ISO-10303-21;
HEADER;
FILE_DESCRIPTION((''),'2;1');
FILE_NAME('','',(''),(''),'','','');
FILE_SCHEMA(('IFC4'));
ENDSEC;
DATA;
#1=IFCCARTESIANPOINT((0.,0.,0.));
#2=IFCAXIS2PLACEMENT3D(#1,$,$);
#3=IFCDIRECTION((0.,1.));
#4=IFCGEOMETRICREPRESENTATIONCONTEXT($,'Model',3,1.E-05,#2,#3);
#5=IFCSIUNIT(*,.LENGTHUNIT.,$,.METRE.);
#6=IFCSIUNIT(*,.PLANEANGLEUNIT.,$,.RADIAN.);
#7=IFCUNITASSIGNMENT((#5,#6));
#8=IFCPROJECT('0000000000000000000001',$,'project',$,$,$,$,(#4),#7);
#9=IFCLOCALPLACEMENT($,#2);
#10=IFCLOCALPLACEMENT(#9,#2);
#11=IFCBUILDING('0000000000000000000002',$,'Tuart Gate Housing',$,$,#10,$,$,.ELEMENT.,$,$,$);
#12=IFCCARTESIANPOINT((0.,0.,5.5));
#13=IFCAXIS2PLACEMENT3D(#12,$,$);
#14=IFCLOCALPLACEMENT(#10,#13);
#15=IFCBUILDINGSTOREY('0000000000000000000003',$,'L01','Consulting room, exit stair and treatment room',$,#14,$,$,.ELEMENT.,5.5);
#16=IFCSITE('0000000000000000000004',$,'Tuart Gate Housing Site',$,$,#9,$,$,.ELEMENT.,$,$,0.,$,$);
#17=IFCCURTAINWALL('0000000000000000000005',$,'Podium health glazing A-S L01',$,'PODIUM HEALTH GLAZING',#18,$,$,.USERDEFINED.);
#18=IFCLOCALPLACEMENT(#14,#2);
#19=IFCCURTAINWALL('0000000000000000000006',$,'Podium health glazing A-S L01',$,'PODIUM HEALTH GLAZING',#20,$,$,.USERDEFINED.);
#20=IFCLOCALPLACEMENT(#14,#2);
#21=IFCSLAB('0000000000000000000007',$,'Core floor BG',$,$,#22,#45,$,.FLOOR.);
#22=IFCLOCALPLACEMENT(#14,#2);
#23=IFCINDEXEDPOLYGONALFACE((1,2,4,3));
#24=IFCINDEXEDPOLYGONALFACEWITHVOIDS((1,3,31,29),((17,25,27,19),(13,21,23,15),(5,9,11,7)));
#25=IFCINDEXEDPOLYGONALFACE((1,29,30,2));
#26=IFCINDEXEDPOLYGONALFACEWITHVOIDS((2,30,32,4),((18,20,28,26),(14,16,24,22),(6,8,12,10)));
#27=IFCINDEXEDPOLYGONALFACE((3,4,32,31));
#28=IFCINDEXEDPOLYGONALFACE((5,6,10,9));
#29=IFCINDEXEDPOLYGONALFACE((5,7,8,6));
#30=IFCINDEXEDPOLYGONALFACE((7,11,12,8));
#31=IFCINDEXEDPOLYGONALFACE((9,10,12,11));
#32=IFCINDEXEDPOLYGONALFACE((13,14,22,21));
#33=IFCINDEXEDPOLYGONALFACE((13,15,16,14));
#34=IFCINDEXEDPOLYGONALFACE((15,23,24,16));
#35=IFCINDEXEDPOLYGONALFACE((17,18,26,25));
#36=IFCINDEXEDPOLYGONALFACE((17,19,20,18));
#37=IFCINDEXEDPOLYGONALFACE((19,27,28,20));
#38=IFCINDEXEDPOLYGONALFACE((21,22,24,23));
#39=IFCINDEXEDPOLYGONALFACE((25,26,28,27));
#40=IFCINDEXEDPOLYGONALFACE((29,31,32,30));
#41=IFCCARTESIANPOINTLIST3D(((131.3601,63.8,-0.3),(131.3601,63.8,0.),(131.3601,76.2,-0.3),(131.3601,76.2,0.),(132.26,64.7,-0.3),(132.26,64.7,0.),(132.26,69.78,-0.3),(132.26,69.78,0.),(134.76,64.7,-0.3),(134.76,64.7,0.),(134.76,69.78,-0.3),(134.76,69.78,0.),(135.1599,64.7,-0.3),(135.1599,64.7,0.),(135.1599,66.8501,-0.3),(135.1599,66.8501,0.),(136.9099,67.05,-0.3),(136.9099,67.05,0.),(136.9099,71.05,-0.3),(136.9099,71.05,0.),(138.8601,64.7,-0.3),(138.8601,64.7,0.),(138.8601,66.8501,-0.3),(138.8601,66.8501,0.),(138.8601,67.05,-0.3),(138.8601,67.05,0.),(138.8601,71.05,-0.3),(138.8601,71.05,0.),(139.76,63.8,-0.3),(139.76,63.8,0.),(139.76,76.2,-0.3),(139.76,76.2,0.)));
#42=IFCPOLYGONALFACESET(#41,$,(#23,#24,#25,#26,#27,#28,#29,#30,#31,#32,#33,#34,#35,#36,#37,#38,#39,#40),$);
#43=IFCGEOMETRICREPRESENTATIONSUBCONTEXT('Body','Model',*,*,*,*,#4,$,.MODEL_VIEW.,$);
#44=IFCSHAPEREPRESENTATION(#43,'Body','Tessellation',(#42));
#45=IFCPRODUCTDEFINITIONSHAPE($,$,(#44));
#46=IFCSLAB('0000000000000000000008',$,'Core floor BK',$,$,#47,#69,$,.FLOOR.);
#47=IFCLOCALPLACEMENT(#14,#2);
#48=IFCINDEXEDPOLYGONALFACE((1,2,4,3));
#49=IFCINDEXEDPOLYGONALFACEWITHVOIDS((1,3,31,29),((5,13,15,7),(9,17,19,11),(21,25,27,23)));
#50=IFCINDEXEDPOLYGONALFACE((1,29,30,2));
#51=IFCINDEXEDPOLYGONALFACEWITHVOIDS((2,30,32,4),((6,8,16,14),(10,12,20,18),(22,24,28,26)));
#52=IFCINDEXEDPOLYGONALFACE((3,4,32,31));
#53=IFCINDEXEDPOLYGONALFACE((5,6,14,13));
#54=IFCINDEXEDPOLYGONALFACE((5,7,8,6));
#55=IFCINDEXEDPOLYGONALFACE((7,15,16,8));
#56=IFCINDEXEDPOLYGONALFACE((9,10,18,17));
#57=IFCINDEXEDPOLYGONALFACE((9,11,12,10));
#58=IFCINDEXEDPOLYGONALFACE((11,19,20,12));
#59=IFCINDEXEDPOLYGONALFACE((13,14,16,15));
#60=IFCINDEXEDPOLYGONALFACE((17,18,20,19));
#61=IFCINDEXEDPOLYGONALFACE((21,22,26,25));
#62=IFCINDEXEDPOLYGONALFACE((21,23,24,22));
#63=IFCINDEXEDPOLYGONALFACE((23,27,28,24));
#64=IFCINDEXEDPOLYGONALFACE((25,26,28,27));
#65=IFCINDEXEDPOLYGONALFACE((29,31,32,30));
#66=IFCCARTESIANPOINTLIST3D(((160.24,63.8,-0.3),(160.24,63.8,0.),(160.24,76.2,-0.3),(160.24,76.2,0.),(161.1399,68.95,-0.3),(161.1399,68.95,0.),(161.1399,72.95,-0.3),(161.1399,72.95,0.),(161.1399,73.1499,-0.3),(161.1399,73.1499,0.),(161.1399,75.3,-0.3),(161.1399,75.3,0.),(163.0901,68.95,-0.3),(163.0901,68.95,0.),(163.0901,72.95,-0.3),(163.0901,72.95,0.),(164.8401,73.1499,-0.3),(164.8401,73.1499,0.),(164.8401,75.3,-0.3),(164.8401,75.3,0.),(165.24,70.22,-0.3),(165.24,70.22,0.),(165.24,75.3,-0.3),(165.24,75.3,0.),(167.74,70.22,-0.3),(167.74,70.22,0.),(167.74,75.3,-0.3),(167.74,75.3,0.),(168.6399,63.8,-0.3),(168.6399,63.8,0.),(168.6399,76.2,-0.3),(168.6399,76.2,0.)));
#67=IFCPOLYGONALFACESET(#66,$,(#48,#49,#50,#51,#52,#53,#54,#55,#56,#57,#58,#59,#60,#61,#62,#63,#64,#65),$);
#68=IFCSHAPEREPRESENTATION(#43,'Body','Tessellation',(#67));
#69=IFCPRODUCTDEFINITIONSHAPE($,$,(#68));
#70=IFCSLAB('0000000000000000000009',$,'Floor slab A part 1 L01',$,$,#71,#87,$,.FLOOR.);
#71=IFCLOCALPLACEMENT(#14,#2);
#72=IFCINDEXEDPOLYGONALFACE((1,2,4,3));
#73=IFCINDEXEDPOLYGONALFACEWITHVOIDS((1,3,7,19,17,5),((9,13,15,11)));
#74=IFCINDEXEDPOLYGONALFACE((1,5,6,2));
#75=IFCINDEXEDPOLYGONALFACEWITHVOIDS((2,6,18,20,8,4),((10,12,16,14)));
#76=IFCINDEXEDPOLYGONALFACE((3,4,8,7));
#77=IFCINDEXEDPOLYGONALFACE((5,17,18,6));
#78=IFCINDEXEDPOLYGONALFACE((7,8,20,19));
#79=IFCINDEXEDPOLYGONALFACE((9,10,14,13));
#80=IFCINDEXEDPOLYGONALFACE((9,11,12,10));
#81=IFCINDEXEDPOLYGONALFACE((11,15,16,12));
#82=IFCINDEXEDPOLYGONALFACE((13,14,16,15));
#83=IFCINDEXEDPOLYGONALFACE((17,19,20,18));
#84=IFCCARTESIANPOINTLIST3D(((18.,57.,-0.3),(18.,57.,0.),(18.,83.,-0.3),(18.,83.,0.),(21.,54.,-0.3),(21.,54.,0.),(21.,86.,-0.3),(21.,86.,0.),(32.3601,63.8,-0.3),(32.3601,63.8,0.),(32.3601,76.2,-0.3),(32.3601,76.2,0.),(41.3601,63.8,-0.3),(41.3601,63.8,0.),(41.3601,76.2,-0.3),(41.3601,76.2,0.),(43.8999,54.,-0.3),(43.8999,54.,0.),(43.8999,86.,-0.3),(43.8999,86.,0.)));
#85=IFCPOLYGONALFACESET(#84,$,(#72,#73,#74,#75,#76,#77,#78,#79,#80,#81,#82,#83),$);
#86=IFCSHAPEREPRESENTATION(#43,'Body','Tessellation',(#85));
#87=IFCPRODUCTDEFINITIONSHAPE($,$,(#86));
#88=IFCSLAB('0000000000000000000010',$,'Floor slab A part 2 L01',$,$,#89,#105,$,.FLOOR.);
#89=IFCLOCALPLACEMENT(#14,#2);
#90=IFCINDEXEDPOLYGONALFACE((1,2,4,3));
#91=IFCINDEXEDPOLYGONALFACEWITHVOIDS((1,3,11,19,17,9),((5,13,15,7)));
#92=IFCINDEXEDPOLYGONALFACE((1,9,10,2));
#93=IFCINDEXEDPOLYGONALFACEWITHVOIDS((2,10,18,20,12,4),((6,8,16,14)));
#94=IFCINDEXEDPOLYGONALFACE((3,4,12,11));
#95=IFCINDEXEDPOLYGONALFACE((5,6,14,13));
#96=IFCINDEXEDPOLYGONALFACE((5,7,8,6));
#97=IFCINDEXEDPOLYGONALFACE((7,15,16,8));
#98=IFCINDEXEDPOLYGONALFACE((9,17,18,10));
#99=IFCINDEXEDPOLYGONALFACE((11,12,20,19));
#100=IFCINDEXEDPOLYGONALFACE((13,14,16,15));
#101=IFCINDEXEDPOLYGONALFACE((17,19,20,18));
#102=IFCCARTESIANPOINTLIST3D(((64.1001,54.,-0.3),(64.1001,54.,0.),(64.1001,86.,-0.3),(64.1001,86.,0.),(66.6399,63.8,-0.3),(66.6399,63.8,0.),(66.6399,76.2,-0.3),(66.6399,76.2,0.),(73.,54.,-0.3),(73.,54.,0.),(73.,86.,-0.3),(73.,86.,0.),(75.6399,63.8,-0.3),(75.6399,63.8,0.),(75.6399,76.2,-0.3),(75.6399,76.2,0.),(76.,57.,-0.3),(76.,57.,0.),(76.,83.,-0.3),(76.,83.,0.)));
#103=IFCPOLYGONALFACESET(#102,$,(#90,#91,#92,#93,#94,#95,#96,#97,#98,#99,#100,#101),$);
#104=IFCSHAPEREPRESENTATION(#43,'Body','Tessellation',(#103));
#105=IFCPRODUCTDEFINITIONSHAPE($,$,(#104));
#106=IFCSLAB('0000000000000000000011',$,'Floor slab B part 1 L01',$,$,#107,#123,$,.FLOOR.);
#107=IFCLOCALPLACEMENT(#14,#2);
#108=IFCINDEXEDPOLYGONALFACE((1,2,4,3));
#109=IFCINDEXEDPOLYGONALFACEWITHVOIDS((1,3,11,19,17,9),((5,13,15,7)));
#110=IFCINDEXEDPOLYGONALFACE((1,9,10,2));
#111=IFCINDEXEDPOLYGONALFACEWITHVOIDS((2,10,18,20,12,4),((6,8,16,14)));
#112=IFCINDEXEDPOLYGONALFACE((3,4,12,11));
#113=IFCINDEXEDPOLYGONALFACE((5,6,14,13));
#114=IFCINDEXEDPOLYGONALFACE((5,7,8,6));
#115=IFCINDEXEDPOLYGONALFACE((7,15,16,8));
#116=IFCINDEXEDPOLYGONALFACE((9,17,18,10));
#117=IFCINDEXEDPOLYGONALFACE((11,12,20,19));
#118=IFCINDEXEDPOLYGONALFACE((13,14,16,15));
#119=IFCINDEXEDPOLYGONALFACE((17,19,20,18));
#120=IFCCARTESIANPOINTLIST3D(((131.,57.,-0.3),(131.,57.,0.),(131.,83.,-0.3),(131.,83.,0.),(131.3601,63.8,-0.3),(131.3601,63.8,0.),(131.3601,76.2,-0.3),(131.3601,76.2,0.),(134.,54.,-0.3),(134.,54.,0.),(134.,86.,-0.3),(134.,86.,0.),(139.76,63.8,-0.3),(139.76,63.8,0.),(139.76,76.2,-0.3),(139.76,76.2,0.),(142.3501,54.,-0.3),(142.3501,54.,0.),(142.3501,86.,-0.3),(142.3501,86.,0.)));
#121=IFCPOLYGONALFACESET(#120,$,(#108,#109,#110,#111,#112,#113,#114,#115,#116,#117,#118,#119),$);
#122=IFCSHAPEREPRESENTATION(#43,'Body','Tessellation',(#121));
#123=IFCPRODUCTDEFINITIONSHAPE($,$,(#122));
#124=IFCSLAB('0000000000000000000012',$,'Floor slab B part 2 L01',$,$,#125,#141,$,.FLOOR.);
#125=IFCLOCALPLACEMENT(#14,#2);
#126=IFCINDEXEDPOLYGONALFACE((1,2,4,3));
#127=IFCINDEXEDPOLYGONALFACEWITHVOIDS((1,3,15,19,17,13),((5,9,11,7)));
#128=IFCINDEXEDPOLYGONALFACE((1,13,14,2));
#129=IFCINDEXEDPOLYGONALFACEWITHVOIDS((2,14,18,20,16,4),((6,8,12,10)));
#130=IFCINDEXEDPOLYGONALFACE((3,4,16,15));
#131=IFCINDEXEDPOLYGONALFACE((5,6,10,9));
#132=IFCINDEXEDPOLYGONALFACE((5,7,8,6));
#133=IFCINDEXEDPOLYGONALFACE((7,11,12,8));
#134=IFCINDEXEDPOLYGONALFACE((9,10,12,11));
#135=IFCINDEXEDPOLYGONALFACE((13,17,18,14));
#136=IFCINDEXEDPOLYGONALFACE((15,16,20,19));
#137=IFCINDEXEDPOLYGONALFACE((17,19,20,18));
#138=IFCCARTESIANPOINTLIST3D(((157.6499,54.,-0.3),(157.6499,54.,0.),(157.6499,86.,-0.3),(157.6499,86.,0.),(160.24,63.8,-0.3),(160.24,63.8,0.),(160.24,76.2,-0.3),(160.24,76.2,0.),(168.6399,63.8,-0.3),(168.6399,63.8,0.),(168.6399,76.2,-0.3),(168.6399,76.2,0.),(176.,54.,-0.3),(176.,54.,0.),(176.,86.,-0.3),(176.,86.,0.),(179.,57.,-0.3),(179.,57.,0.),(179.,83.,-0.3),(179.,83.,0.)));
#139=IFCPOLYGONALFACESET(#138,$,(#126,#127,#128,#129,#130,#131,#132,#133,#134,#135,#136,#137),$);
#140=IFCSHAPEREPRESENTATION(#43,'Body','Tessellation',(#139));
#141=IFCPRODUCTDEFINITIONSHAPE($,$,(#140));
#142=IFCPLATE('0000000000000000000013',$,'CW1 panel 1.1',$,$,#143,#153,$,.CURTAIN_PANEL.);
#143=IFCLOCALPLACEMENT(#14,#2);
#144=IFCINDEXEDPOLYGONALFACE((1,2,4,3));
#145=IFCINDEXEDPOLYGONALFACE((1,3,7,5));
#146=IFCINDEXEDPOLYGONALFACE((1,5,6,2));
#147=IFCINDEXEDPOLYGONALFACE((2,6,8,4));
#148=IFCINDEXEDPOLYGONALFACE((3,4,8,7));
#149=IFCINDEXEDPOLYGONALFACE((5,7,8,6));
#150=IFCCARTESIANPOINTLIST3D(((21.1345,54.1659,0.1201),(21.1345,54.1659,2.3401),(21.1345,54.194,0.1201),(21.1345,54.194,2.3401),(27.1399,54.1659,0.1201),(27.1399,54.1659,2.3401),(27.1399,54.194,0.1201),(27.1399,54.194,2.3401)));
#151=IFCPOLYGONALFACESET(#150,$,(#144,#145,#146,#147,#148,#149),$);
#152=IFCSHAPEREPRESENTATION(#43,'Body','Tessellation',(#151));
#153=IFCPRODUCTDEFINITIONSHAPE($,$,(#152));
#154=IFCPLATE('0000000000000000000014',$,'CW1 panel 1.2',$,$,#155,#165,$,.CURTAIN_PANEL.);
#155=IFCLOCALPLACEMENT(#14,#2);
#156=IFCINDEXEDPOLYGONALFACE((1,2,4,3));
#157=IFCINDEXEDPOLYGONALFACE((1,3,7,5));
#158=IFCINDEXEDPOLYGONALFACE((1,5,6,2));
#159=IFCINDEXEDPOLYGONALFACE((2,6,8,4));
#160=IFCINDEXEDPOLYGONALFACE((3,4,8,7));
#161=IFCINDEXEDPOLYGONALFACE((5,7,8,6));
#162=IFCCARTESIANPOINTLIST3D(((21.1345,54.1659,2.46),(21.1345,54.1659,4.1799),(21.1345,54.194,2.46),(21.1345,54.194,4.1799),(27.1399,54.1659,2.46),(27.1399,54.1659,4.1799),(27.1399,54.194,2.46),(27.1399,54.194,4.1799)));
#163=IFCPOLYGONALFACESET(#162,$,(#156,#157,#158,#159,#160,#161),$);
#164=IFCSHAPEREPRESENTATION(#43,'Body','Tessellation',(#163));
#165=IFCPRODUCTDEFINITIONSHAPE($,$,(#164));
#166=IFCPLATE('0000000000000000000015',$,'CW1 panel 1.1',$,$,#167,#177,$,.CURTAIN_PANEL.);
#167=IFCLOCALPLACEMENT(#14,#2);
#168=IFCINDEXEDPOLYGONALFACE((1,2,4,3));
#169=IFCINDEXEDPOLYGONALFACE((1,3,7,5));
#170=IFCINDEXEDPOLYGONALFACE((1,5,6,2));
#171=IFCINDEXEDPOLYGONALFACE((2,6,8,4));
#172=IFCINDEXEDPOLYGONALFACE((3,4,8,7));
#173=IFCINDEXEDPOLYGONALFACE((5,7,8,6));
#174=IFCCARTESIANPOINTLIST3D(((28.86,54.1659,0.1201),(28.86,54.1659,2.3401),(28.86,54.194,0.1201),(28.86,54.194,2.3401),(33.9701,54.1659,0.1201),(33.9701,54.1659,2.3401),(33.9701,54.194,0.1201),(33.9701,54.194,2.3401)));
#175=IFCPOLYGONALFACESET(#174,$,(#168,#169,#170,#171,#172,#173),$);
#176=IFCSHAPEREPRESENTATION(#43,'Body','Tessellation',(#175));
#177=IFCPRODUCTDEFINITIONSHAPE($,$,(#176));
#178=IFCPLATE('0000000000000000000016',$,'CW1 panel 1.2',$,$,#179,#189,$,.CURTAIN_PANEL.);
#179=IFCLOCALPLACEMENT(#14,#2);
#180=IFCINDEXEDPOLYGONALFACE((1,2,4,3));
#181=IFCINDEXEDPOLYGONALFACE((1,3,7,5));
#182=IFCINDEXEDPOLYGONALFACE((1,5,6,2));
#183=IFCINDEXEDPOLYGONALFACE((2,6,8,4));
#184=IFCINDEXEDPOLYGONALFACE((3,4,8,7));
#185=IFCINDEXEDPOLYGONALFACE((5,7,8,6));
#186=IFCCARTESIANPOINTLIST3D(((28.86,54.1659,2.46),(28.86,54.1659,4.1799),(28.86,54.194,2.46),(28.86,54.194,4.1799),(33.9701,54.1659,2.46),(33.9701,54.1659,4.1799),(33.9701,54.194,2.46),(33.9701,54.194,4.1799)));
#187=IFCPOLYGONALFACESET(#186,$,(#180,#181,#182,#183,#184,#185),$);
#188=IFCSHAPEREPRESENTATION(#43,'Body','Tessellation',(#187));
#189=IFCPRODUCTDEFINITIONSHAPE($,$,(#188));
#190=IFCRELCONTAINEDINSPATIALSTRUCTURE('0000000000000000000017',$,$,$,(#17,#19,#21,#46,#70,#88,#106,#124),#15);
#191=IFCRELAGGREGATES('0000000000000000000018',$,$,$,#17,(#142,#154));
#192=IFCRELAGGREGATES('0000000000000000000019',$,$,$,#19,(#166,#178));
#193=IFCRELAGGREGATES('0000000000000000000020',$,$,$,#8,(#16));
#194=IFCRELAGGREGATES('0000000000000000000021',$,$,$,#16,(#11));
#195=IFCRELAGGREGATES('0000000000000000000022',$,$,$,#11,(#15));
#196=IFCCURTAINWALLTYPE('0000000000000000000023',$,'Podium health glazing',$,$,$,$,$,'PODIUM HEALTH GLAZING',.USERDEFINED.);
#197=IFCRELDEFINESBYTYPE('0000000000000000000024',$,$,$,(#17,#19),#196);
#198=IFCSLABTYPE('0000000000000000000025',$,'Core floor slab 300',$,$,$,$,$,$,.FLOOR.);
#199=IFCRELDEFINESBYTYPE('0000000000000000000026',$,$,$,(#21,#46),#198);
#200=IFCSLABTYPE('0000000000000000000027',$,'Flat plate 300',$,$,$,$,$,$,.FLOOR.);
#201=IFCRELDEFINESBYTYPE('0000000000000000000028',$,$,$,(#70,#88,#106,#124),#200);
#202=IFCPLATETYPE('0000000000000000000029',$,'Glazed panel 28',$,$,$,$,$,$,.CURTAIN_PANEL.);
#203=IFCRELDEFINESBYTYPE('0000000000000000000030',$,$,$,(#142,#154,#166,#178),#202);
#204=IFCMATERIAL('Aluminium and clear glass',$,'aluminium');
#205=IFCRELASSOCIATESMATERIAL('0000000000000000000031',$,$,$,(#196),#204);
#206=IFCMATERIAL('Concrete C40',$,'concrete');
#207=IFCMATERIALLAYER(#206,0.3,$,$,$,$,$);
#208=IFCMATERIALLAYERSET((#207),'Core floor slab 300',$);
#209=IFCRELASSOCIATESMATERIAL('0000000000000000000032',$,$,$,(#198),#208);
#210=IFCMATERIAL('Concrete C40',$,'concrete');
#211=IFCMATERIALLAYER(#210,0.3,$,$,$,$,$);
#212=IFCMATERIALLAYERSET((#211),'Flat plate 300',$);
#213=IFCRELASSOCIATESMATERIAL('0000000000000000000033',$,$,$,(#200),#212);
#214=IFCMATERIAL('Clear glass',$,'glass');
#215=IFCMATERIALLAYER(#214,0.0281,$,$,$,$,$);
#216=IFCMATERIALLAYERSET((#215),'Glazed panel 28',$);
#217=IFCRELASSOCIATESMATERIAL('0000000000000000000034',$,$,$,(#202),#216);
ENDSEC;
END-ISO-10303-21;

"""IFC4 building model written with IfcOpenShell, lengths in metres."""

from ifc_helpers import new_model, si_unit, direction, frame, origin, origin_2d, place, context, subcontext, project, spatial, polyline, rectangle, outline, extrude, material, layer, layer_set, type_object, element, aggregate, save


model = new_model("IFC4")

# Units and contexts
model_context = context("Model", 3, precision=1e-05, world=origin(), true_north=direction((0.0, 1.0)))
body_context = subcontext(model_context, "Body", "Model", "MODEL_VIEW")
ifc_project = project(units=[si_unit("LENGTHUNIT", "METRE"), si_unit("PLANEANGLEUNIT", "RADIAN")], contexts=[model_context])

# Site, building, storey
site_placement = place(None, origin())
site = spatial("IfcSite", under=ifc_project, at=site_placement, Name="Tuart Gate Housing Site", CompositionType="ELEMENT", RefElevation=0.0)
building_placement = place(site_placement, origin())
building = spatial("IfcBuilding", under=site, at=building_placement, Name="Tuart Gate Housing", CompositionType="ELEMENT")
storey_placement = place(building_placement, frame((0.0, 0.0, 5.5)))
storey = spatial("IfcBuildingStorey", under=building, at=storey_placement, Name="L01", Description="Consulting room, exit stair and treatment room", CompositionType="ELEMENT", Elevation=5.5)

# Curtain walls
ifc_material_1 = material(Name="Aluminium and clear glass", Category="aluminium")
curtain_wall_type = type_object("IfcCurtainWallType", Name="Podium health glazing", ElementType="PODIUM HEALTH GLAZING", PredefinedType="USERDEFINED", material=ifc_material_1)
curtain_wall_1_placement = place(storey_placement, origin())
curtain_wall_1 = element("IfcCurtainWall", 1, at=curtain_wall_1_placement, inside=storey, type_object=curtain_wall_type, Name="Podium health glazing A-S L01", ObjectType="PODIUM HEALTH GLAZING", PredefinedType="USERDEFINED")
curtain_wall_2_placement = place(storey_placement, origin())
curtain_wall_2 = element("IfcCurtainWall", 2, at=curtain_wall_2_placement, inside=storey, type_object=curtain_wall_type, Name="Podium health glazing A-S L01", ObjectType="PODIUM HEALTH GLAZING", PredefinedType="USERDEFINED")

# Slabs
ifc_material_2 = material(Name="Concrete C40", Category="concrete")
ifc_layer_1 = layer(ifc_material_2, 0.3)
ifc_layer_set_1 = layer_set([ifc_layer_1], Name="Core floor slab 300")
slab_type_1 = type_object("IfcSlabType", Name="Core floor slab 300", PredefinedType="FLOOR", material=ifc_layer_set_1)
slab_1_placement = place(storey_placement, frame((0.0, 0.0, -0.3)))
element("IfcSlab", 3, at=slab_1_placement, inside=storey, type_object=slab_type_1, Name="Core floor BG", PredefinedType="FLOOR", context=body_context, shape_type="SweptSolid", body=[
    extrude(outline(polyline([(131.3601, 63.8), (139.76, 63.8), (139.76, 76.2), (131.3601, 76.2), (131.3601, 63.8)]), holes=[polyline([(138.8601, 66.8501), (135.1599, 66.8501), (135.1599, 64.7), (138.8601, 64.7), (138.8601, 66.8501)]), polyline([(138.8601, 71.05), (136.9099, 71.05), (136.9099, 67.05), (138.8601, 67.05), (138.8601, 71.05)]), polyline([(134.76, 69.78), (132.26, 69.78), (132.26, 64.7), (134.76, 64.7), (134.76, 69.78)])]), origin(), (0.0, 0.0, 1.0), 0.3),
])
slab_2_placement = place(storey_placement, frame((0.0, 0.0, -0.3)))
element("IfcSlab", 4, at=slab_2_placement, inside=storey, type_object=slab_type_1, Name="Core floor BK", PredefinedType="FLOOR", context=body_context, shape_type="SweptSolid", body=[
    extrude(outline(polyline([(160.24, 63.8), (168.6399, 63.8), (168.6399, 76.2), (160.24, 76.2), (160.24, 63.8)]), holes=[polyline([(161.1399, 73.1499), (164.8401, 73.1499), (164.8401, 75.3), (161.1399, 75.3), (161.1399, 73.1499)]), polyline([(161.1399, 68.95), (163.0901, 68.95), (163.0901, 72.95), (161.1399, 72.95), (161.1399, 68.95)]), polyline([(165.24, 70.22), (167.74, 70.22), (167.74, 75.3), (165.24, 75.3), (165.24, 70.22)])]), origin(), (0.0, 0.0, 1.0), 0.3),
])
ifc_material_3 = material(Name="Concrete C40", Category="concrete")
ifc_layer_2 = layer(ifc_material_3, 0.3)
ifc_layer_set_2 = layer_set([ifc_layer_2], Name="Flat plate 300")
slab_type_2 = type_object("IfcSlabType", Name="Flat plate 300", PredefinedType="FLOOR", material=ifc_layer_set_2)
slab_3_placement = place(storey_placement, frame((0.0, 0.0, -0.3)))
element("IfcSlab", 5, at=slab_3_placement, inside=storey, type_object=slab_type_2, Name="Floor slab A part 1 L01", PredefinedType="FLOOR", context=body_context, shape_type="SweptSolid", body=[
    extrude(outline(polyline([(43.8999, 86.0), (21.0, 86.0), (18.0, 83.0), (18.0, 57.0), (21.0, 54.0), (43.8999, 54.0), (43.8999, 86.0)]), holes=[polyline([(32.3601, 76.2), (41.3601, 76.2), (41.3601, 63.8), (32.3601, 63.8), (32.3601, 76.2)])]), origin(), (0.0, 0.0, 1.0), 0.3),
])
slab_4_placement = place(storey_placement, frame((0.0, 0.0, -0.3)))
element("IfcSlab", 6, at=slab_4_placement, inside=storey, type_object=slab_type_2, Name="Floor slab A part 2 L01", PredefinedType="FLOOR", context=body_context, shape_type="SweptSolid", body=[
    extrude(outline(polyline([(73.0, 86.0), (64.1001, 86.0), (64.1001, 54.0), (73.0, 54.0), (76.0, 57.0), (76.0, 83.0), (73.0, 86.0)]), holes=[polyline([(66.6399, 63.8), (66.6399, 76.2), (75.6399, 76.2), (75.6399, 63.8), (66.6399, 63.8)])]), origin(), (0.0, 0.0, 1.0), 0.3),
])
slab_5_placement = place(storey_placement, frame((0.0, 0.0, -0.3)))
element("IfcSlab", 7, at=slab_5_placement, inside=storey, type_object=slab_type_2, Name="Floor slab B part 1 L01", PredefinedType="FLOOR", context=body_context, shape_type="SweptSolid", body=[
    extrude(outline(polyline([(142.3501, 86.0), (134.0, 86.0), (131.0, 83.0), (131.0, 57.0), (134.0, 54.0), (142.3501, 54.0), (142.3501, 86.0)]), holes=[polyline([(131.3601, 63.8), (131.3601, 76.2), (139.76, 76.2), (139.76, 63.8), (131.3601, 63.8)])]), origin(), (0.0, 0.0, 1.0), 0.3),
])
slab_6_placement = place(storey_placement, frame((0.0, 0.0, -0.3)))
element("IfcSlab", 8, at=slab_6_placement, inside=storey, type_object=slab_type_2, Name="Floor slab B part 2 L01", PredefinedType="FLOOR", context=body_context, shape_type="SweptSolid", body=[
    extrude(outline(polyline([(176.0, 86.0), (157.6499, 86.0), (157.6499, 54.0), (176.0, 54.0), (179.0, 57.0), (179.0, 83.0), (176.0, 86.0)]), holes=[polyline([(160.24, 76.2), (168.6399, 76.2), (168.6399, 63.8), (160.24, 63.8), (160.24, 76.2)])]), origin(), (0.0, 0.0, 1.0), 0.3),
])

# Plates
ifc_material_4 = material(Name="Clear glass", Category="glass")
ifc_layer_3 = layer(ifc_material_4, 0.0281)
ifc_layer_set_3 = layer_set([ifc_layer_3], Name="Glazed panel 28")
plate_type = type_object("IfcPlateType", Name="Glazed panel 28", PredefinedType="CURTAIN_PANEL", material=ifc_layer_set_3)
plate_1_placement = place(storey_placement, frame((24.1372, 54.1799, 0.1201), z_axis=(0.0, 0.0, 1.0), x_axis=(1.0, 0.0, 0.0)))
plate_1 = element("IfcPlate", 9, at=plate_1_placement, type_object=plate_type, Name="CW1 panel 1.1", PredefinedType="CURTAIN_PANEL", context=body_context, shape_type="SweptSolid", body=[
    extrude(rectangle(XDim=6.0054, YDim=0.0281, at=origin_2d()), origin(), (0.0, 0.0, 1.0), 2.22),
])
plate_2_placement = place(storey_placement, frame((24.1372, 54.1799, 2.46), z_axis=(0.0, 0.0, 1.0), x_axis=(1.0, 0.0, 0.0)))
plate_2 = element("IfcPlate", 10, at=plate_2_placement, type_object=plate_type, Name="CW1 panel 1.2", PredefinedType="CURTAIN_PANEL", context=body_context, shape_type="SweptSolid", body=[
    extrude(rectangle(XDim=6.0054, YDim=0.0281, at=origin_2d()), origin(), (0.0, 0.0, 1.0), 1.72),
])
aggregate(curtain_wall_1, [plate_1, plate_2])
plate_3_placement = place(storey_placement, frame((31.415, 54.1799, 0.1201), z_axis=(0.0, 0.0, 1.0), x_axis=(1.0, 0.0, 0.0)))
plate_3 = element("IfcPlate", 11, at=plate_3_placement, type_object=plate_type, Name="CW1 panel 1.1", PredefinedType="CURTAIN_PANEL", context=body_context, shape_type="SweptSolid", body=[
    extrude(rectangle(XDim=5.1101, YDim=0.0281, at=origin_2d()), origin(), (0.0, 0.0, 1.0), 2.22),
])
plate_4_placement = place(storey_placement, frame((31.415, 54.1799, 2.46), z_axis=(0.0, 0.0, 1.0), x_axis=(1.0, 0.0, 0.0)))
plate_4 = element("IfcPlate", 12, at=plate_4_placement, type_object=plate_type, Name="CW1 panel 1.2", PredefinedType="CURTAIN_PANEL", context=body_context, shape_type="SweptSolid", body=[
    extrude(rectangle(XDim=5.1101, YDim=0.0281, at=origin_2d()), origin(), (0.0, 0.0, 1.0), 1.72),
])
aggregate(curtain_wall_2, [plate_3, plate_4])

save(model, "model.ifc")
